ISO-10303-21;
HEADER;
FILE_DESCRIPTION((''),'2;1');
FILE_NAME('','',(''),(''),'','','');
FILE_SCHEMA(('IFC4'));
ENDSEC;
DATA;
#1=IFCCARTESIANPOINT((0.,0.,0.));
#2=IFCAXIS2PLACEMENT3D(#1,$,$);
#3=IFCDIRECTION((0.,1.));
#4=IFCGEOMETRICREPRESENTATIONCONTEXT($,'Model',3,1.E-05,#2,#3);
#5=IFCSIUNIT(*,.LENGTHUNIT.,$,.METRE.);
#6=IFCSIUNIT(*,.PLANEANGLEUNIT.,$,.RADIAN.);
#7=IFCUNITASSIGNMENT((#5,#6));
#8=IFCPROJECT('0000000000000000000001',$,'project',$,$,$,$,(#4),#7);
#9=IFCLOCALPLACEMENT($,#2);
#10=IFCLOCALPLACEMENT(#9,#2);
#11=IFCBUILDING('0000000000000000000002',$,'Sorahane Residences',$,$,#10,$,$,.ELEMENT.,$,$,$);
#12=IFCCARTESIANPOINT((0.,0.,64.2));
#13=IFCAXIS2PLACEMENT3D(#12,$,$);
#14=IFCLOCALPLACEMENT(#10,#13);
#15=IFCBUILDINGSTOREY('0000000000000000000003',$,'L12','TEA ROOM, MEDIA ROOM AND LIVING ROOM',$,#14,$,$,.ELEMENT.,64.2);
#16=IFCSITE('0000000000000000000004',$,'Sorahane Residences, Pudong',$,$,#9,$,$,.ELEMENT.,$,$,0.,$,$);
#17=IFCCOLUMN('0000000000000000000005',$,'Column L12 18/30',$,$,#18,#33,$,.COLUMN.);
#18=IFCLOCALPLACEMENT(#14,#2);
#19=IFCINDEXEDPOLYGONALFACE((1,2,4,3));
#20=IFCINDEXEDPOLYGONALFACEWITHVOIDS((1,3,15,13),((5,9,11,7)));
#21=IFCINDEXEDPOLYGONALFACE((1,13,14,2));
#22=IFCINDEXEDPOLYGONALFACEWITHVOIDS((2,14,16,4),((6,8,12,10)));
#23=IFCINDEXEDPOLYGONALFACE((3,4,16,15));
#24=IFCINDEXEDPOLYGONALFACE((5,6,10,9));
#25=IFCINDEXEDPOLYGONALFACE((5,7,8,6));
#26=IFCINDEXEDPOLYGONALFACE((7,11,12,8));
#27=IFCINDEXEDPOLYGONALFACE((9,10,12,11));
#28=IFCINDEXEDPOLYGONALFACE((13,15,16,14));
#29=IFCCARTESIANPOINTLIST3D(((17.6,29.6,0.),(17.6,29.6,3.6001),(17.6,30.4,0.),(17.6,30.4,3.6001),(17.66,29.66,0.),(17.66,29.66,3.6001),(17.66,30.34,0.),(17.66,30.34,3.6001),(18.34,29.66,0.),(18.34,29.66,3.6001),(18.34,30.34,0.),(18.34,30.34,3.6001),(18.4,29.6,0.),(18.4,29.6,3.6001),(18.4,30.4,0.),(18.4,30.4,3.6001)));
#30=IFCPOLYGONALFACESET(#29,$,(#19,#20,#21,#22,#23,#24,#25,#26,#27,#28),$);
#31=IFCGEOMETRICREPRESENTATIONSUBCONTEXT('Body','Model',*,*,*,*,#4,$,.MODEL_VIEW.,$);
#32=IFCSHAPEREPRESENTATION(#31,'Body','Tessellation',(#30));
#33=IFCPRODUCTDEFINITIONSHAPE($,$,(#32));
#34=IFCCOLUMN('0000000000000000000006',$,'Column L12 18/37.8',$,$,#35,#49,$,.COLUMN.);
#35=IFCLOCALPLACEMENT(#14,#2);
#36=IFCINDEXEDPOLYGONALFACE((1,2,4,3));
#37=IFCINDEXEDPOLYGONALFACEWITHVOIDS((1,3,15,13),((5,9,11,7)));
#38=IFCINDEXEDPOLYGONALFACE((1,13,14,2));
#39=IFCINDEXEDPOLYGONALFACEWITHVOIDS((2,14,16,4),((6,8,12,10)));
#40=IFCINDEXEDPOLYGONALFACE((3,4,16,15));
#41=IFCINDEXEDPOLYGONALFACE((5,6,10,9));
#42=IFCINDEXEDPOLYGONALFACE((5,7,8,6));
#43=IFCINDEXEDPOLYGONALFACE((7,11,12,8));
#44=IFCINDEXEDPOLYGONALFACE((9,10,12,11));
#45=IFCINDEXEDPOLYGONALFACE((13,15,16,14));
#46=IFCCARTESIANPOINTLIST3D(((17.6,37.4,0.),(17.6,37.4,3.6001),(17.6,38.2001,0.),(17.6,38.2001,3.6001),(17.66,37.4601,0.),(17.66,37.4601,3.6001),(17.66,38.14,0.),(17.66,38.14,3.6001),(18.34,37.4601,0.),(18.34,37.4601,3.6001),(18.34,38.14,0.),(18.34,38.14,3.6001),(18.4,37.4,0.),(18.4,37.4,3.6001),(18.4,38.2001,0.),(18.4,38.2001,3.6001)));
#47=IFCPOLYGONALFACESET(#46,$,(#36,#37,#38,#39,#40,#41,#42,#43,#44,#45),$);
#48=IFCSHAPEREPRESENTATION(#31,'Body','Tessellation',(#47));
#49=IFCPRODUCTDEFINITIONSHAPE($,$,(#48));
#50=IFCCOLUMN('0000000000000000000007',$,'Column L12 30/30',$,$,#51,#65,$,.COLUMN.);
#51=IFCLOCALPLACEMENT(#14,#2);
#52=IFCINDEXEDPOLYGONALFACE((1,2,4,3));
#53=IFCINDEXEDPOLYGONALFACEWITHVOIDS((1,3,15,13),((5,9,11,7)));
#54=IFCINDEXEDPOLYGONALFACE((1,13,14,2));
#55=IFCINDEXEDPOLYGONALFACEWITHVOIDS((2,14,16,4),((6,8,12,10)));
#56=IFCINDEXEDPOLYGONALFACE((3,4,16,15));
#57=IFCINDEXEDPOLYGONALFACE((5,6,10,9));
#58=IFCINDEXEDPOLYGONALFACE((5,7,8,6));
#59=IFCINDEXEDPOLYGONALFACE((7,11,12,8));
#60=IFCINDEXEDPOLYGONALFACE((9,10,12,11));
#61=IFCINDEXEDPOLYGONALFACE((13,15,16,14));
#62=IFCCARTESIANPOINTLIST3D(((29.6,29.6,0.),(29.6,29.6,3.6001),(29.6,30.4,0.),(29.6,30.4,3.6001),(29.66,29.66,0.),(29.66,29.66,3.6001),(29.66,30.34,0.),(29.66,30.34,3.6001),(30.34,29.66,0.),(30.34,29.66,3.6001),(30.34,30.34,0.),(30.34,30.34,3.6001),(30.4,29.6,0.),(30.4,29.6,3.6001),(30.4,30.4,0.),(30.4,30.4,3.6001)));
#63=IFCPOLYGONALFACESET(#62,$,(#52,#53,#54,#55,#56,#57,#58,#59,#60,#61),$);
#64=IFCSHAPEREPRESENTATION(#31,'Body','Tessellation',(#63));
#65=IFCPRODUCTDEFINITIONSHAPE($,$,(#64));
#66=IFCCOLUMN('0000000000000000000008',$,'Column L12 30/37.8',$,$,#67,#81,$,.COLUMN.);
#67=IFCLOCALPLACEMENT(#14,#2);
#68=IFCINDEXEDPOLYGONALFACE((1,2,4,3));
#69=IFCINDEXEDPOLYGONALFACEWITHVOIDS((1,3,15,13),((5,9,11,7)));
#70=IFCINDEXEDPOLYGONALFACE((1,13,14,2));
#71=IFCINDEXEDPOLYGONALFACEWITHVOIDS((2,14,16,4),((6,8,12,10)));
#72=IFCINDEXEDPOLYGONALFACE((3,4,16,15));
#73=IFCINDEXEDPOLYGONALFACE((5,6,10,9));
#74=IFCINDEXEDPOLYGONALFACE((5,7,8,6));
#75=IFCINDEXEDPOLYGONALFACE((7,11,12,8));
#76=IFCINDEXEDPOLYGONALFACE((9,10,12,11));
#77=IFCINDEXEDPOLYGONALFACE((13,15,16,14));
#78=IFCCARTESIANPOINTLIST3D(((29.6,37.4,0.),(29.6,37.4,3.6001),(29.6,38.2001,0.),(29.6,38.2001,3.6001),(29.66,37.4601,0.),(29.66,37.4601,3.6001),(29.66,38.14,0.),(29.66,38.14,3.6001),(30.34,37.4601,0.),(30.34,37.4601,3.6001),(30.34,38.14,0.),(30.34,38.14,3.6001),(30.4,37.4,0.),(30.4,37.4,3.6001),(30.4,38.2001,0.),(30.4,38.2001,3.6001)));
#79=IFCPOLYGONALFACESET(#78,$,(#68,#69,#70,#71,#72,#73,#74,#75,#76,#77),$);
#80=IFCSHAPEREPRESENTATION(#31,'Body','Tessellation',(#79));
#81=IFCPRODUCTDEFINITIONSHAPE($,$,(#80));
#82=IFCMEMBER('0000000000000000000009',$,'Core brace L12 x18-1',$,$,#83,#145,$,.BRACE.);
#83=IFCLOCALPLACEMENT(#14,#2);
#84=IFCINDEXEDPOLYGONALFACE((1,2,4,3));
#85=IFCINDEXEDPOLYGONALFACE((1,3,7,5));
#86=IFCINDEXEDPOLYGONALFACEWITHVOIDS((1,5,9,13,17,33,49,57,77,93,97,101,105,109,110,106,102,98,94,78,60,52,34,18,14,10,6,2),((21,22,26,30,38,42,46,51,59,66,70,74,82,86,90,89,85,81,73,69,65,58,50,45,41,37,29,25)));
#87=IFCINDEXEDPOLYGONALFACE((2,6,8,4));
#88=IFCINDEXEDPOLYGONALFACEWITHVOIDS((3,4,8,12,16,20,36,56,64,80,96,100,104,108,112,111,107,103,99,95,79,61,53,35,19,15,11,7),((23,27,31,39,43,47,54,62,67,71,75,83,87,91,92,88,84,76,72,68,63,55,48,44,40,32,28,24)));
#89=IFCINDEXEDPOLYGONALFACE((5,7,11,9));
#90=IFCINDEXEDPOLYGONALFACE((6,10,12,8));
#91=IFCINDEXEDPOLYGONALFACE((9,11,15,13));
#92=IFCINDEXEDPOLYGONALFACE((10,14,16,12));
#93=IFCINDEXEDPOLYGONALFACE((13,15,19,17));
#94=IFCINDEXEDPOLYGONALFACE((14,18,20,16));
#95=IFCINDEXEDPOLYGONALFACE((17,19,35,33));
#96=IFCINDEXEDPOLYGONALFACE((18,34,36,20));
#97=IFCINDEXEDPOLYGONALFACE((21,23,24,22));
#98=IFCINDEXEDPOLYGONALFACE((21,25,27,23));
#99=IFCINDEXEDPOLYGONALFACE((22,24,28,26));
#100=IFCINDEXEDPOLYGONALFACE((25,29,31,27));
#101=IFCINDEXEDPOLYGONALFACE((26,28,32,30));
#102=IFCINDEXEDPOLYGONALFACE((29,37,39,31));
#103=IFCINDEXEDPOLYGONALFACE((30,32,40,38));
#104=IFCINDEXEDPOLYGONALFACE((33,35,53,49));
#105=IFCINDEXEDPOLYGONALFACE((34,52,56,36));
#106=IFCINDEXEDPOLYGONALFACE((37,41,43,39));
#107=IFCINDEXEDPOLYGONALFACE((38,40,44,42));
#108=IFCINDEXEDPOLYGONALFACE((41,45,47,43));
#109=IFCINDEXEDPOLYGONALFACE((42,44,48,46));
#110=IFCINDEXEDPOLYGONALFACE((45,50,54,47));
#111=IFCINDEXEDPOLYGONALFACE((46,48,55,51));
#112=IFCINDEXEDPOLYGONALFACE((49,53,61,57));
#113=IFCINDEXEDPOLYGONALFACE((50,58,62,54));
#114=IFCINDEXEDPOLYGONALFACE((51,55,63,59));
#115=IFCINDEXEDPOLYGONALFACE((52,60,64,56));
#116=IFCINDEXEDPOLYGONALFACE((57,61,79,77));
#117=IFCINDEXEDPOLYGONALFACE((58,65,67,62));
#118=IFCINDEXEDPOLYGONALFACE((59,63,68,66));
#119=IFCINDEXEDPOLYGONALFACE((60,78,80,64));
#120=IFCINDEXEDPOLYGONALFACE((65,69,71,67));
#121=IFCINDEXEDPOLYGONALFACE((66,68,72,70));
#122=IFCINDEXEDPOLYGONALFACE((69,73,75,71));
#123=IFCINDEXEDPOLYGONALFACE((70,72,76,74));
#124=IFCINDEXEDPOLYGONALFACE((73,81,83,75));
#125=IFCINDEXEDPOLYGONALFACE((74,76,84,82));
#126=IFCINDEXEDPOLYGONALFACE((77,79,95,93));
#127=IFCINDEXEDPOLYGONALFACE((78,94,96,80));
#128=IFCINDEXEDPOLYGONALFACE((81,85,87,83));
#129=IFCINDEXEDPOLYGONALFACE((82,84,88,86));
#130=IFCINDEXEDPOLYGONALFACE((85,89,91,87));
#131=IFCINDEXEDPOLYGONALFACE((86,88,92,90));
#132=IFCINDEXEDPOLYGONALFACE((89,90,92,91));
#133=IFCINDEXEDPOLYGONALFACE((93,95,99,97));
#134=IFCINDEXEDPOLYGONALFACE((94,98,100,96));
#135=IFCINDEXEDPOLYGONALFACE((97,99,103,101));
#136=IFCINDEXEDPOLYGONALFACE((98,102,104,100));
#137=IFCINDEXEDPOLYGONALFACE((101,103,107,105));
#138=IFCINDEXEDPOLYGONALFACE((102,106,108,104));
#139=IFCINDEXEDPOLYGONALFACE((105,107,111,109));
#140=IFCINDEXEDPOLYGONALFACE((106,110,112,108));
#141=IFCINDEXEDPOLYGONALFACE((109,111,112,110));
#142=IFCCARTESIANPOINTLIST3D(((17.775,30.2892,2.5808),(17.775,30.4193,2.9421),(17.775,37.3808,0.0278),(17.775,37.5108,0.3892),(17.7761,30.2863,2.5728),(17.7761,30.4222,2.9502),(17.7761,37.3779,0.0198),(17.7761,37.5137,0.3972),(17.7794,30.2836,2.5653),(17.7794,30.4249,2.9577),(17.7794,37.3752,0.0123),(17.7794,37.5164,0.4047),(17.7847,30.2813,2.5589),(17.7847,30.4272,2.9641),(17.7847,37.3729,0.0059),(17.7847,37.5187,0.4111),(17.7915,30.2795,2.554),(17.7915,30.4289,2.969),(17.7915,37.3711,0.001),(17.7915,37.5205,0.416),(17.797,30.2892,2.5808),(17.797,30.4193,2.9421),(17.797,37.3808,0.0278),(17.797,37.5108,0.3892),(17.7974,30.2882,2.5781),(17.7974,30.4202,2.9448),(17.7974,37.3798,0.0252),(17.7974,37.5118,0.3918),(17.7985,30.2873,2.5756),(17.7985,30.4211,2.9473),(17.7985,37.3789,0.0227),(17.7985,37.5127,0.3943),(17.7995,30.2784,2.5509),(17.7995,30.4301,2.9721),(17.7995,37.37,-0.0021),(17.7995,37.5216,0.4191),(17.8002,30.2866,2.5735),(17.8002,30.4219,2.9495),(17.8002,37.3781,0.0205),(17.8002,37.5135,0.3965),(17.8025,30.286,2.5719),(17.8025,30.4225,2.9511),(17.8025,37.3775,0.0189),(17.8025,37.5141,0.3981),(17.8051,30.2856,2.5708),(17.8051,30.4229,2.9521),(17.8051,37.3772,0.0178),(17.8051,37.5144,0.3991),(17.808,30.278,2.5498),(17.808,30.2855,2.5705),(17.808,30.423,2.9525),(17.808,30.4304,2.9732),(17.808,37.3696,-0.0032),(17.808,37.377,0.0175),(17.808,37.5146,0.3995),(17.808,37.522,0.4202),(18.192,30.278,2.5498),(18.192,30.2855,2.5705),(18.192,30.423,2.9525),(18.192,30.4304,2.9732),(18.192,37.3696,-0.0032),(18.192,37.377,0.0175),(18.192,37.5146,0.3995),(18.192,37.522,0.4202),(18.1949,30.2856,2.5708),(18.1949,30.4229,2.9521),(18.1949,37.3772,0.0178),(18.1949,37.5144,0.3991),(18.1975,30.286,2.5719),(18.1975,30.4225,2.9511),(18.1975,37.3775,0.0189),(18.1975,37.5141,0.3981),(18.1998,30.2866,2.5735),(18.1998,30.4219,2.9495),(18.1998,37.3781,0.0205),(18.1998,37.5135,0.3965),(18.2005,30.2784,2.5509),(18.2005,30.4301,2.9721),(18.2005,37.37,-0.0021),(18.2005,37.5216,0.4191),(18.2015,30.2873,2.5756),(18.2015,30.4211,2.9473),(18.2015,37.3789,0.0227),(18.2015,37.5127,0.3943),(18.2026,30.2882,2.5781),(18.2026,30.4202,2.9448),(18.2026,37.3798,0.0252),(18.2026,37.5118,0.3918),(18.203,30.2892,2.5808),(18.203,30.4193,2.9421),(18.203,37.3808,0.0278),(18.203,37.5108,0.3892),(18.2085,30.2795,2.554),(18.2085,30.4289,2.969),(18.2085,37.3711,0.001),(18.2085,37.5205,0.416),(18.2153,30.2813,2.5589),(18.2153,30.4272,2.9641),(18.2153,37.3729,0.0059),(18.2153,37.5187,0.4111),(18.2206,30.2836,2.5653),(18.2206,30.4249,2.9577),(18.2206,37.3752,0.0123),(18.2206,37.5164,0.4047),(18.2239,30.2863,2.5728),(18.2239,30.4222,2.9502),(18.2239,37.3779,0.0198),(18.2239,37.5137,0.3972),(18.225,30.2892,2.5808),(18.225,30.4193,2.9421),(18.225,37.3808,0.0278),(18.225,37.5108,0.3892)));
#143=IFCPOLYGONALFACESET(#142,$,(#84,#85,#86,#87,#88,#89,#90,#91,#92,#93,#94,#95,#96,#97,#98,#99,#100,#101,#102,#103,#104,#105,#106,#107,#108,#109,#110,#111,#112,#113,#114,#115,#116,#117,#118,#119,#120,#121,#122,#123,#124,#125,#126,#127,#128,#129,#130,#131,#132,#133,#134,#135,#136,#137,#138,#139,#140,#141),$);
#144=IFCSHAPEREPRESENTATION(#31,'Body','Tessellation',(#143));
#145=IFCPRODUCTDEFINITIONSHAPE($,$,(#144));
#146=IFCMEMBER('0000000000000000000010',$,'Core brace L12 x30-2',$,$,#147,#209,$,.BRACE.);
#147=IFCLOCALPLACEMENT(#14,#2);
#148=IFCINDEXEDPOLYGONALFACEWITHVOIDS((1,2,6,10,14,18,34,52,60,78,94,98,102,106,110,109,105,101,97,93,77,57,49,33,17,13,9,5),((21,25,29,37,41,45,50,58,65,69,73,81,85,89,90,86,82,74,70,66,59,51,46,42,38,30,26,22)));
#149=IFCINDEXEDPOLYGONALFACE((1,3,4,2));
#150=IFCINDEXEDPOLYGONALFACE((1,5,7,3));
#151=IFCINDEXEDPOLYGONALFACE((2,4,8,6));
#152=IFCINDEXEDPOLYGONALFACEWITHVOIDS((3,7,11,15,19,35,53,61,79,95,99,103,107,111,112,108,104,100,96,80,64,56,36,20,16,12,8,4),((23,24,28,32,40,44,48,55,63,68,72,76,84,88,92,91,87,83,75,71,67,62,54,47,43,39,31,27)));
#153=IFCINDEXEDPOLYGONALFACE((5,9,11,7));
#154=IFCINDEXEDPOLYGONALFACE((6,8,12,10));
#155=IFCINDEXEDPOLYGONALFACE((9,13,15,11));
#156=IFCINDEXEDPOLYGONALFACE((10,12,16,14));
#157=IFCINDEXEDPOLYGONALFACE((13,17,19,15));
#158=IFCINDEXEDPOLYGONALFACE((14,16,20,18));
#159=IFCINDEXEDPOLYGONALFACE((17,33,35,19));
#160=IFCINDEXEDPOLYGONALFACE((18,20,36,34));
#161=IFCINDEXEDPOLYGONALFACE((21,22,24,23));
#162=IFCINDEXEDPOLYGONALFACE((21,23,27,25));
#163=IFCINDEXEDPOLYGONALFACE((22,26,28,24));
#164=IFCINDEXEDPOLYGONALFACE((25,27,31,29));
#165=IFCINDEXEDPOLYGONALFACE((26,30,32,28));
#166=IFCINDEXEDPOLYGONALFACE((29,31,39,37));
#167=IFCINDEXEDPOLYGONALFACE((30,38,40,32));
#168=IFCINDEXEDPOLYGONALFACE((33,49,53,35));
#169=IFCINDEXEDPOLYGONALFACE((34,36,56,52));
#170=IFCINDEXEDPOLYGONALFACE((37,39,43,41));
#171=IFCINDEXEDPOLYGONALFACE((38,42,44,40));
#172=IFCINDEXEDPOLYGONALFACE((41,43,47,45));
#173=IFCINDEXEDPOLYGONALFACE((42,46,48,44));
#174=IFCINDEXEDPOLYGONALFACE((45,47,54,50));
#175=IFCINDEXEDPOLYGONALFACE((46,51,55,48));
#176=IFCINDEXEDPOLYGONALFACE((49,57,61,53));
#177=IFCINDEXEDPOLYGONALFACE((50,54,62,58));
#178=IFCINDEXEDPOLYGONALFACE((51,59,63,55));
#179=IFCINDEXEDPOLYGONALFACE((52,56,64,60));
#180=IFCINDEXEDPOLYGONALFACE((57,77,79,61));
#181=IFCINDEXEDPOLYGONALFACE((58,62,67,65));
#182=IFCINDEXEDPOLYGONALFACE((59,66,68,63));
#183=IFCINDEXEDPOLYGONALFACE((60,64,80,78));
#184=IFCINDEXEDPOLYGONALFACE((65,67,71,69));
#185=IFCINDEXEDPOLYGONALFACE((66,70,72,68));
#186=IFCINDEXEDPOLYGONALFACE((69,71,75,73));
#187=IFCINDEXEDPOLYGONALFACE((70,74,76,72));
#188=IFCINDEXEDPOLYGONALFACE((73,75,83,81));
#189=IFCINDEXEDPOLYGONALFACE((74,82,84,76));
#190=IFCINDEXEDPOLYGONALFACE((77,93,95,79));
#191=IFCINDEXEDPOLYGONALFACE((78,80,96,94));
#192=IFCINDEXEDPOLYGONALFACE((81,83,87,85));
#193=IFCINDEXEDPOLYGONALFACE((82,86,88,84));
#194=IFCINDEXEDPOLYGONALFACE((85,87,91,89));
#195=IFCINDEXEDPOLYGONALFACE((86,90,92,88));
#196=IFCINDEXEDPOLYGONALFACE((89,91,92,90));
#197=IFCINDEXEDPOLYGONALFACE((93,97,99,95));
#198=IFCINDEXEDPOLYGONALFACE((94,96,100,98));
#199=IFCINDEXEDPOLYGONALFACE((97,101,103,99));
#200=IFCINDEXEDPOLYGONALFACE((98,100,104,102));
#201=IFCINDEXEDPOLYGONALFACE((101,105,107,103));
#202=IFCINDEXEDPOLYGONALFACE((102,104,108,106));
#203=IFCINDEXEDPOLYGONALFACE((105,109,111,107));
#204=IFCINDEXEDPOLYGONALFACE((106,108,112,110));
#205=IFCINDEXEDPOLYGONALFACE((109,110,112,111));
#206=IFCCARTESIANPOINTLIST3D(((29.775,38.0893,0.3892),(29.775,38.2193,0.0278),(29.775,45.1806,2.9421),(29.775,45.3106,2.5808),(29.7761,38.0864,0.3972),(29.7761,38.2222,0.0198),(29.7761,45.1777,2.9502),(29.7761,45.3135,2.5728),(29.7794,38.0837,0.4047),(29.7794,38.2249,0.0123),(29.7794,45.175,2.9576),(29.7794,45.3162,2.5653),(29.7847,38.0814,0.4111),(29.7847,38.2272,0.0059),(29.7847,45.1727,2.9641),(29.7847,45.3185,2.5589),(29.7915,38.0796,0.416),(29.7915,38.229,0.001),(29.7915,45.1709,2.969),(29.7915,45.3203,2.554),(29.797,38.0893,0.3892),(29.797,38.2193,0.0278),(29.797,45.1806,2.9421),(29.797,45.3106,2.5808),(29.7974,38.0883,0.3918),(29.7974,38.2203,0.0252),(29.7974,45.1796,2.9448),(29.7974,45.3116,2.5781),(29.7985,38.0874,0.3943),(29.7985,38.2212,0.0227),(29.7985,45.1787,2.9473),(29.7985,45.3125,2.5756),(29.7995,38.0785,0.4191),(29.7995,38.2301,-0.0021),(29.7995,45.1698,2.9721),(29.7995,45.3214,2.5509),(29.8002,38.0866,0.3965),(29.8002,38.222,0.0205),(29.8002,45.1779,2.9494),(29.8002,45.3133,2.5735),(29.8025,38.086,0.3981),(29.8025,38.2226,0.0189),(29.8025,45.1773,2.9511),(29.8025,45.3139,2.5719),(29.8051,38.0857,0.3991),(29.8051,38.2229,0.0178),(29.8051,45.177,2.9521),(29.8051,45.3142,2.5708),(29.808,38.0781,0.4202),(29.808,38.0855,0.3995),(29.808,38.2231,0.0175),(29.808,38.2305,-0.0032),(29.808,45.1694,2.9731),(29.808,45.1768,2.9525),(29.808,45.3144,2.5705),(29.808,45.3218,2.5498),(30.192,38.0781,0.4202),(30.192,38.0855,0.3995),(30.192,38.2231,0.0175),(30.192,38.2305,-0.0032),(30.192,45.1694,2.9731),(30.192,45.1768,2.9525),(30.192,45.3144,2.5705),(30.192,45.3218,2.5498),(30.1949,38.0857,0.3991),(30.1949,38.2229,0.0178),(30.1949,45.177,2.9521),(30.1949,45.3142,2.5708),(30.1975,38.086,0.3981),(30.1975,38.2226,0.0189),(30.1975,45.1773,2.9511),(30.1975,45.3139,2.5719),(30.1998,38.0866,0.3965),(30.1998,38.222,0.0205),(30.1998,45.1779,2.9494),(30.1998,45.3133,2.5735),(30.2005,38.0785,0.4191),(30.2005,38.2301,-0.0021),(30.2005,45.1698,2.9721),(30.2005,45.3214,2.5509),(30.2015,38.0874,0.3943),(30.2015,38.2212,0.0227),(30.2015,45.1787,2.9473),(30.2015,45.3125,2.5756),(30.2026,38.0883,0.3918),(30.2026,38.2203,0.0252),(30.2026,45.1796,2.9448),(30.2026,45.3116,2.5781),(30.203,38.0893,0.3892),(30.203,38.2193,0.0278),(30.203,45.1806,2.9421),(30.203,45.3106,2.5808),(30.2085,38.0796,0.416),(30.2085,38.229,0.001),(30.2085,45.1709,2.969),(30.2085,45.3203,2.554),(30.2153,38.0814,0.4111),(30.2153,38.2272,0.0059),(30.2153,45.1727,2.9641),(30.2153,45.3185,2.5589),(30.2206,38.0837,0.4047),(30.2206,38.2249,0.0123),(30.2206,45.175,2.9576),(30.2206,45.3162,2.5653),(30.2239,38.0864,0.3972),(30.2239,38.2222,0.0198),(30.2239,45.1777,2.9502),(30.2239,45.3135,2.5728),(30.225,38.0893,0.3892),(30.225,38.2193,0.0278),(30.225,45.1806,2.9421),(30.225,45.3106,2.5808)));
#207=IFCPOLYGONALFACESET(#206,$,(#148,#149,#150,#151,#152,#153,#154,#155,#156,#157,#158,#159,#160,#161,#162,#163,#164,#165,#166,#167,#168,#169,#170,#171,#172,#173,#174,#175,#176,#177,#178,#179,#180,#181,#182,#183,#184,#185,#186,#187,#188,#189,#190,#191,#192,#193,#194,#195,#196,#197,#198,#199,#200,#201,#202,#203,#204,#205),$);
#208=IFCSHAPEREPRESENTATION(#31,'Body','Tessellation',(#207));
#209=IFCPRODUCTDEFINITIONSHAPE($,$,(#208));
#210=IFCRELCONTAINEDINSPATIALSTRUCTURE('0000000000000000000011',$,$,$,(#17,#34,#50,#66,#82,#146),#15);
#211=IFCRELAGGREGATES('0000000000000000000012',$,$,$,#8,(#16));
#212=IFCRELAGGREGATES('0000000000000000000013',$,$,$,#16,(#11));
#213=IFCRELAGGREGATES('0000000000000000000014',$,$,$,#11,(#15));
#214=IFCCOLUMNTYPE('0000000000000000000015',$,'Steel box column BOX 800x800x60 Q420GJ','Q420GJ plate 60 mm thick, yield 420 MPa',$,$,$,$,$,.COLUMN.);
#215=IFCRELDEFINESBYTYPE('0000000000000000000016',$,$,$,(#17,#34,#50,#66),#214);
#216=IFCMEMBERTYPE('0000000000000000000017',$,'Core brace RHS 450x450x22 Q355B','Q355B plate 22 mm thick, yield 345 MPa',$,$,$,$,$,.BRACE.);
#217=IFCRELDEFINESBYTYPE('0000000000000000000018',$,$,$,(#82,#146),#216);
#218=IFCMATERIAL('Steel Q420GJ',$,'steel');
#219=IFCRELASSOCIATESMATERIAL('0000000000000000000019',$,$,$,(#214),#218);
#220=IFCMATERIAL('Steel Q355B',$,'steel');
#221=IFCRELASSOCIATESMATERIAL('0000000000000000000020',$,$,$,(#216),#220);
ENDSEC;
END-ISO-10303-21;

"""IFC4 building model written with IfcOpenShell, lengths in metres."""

from ifc_helpers import new_model, si_unit, direction, frame, origin, origin_2d, place, context, subcontext, project, spatial, hollow_rectangle, extrude, material, material_profile, profile_set, type_object, element, save


model = new_model("IFC4")

# Units and contexts
model_context = context("Model", 3, precision=1e-05, world=origin(), true_north=direction((0.0, 1.0)))
body_context = subcontext(model_context, "Body", "Model", "MODEL_VIEW")
ifc_project = project(units=[si_unit("LENGTHUNIT", "METRE"), si_unit("PLANEANGLEUNIT", "RADIAN")], contexts=[model_context])

# Site, building, storey
site_placement = place(None, origin())
site = spatial("IfcSite", under=ifc_project, at=site_placement, Name="Sorahane Residences, Pudong", CompositionType="ELEMENT", RefElevation=0.0)
building_placement = place(site_placement, origin())
building = spatial("IfcBuilding", under=site, at=building_placement, Name="Sorahane Residences", CompositionType="ELEMENT")
storey_placement = place(building_placement, frame((0.0, 0.0, 64.2)))
storey = spatial("IfcBuildingStorey", under=building, at=storey_placement, Name="L12", Description="TEA ROOM, MEDIA ROOM AND LIVING ROOM", CompositionType="ELEMENT", Elevation=64.2)

# Columns
ifc_material_1 = material(Name="Steel Q420GJ", Category="steel")
ifc_material_profile_1 = material_profile(ifc_material_1, hollow_rectangle(XDim=0.8, YDim=0.8, WallThickness=0.0601, at=origin_2d()), Name="BOX 800x800x60")
ifc_profile_set_1 = profile_set([ifc_material_profile_1], Name="Steel Q420GJ")
column_type = type_object("IfcColumnType", Name="Steel box column BOX 800x800x60 Q420GJ", Description="Q420GJ plate 60 mm thick, yield 420 MPa", PredefinedType="COLUMN", material=ifc_profile_set_1)
for number, where, z_axis, x_axis, name in (
    (1, (18.0, 30.0, 0.0), (0.0, 0.0, 1.0), (1.0, 0.0, 0.0), "Column L12 18/30"),
    (2, (18.0, 37.8, 0.0), (0.0, 0.0, 1.0), (1.0, 0.0, 0.0), "Column L12 18/37.8"),
    (3, (30.0, 30.0, 0.0), (0.0, 0.0, 1.0), (1.0, 0.0, 0.0), "Column L12 30/30"),
    (4, (30.0, 37.8, 0.0), (0.0, 0.0, 1.0), (1.0, 0.0, 0.0), "Column L12 30/37.8"),
):
    element("IfcColumn", number, at=place(storey_placement, frame(where, z_axis=z_axis, x_axis=x_axis)), inside=storey, type_object=column_type, Name=name, PredefinedType="COLUMN", context=body_context, shape_type="SweptSolid", body=[
        extrude(hollow_rectangle(XDim=0.8, YDim=0.8, WallThickness=0.0601, at=origin_2d()), origin(), (0.0, 0.0, 1.0), 3.6001),
    ])

# Members
ifc_material_2 = material(Name="Steel Q355B", Category="steel")
ifc_material_profile_2 = material_profile(ifc_material_2, hollow_rectangle(XDim=0.45, YDim=0.45, WallThickness=0.022, InnerFilletRadius=0.011, OuterFilletRadius=0.033, at=origin_2d()), Name="RHS 450x450x22")
ifc_profile_set_2 = profile_set([ifc_material_profile_2], Name="Steel Q355B")
member_type = type_object("IfcMemberType", Name="Core brace RHS 450x450x22 Q355B", Description="Q355B plate 22 mm thick, yield 345 MPa", PredefinedType="BRACE", material=ifc_profile_set_2)
member_1_placement = place(storey_placement, frame((18.0, 37.4458, 0.2085), z_axis=(0.0, -0.940887, 0.338722), x_axis=(1.0, 0.0, 0.0)))
element("IfcMember", 5, at=member_1_placement, inside=storey, type_object=member_type, Name="Core brace L12 x18-1", PredefinedType="BRACE", context=body_context, shape_type="SweptSolid", body=[
    extrude(hollow_rectangle(XDim=0.45, YDim=0.45, WallThickness=0.022, InnerFilletRadius=0.011, OuterFilletRadius=0.033, at=origin_2d()), origin(), (0.0, 0.0, 1.0), 7.5371),
])
member_2_placement = place(storey_placement, frame((30.0, 38.1543, 0.2085), z_axis=(0.0, 0.940883, 0.338732), x_axis=(-1.0, 0.0, 0.0)))
element("IfcMember", 6, at=member_2_placement, inside=storey, type_object=member_type, Name="Core brace L12 x30-2", PredefinedType="BRACE", context=body_context, shape_type="SweptSolid", body=[
    extrude(hollow_rectangle(XDim=0.45, YDim=0.45, WallThickness=0.022, InnerFilletRadius=0.011, OuterFilletRadius=0.033, at=origin_2d()), origin(), (0.0, 0.0, 1.0), 7.5369),
])

save(model, "model.ifc")
